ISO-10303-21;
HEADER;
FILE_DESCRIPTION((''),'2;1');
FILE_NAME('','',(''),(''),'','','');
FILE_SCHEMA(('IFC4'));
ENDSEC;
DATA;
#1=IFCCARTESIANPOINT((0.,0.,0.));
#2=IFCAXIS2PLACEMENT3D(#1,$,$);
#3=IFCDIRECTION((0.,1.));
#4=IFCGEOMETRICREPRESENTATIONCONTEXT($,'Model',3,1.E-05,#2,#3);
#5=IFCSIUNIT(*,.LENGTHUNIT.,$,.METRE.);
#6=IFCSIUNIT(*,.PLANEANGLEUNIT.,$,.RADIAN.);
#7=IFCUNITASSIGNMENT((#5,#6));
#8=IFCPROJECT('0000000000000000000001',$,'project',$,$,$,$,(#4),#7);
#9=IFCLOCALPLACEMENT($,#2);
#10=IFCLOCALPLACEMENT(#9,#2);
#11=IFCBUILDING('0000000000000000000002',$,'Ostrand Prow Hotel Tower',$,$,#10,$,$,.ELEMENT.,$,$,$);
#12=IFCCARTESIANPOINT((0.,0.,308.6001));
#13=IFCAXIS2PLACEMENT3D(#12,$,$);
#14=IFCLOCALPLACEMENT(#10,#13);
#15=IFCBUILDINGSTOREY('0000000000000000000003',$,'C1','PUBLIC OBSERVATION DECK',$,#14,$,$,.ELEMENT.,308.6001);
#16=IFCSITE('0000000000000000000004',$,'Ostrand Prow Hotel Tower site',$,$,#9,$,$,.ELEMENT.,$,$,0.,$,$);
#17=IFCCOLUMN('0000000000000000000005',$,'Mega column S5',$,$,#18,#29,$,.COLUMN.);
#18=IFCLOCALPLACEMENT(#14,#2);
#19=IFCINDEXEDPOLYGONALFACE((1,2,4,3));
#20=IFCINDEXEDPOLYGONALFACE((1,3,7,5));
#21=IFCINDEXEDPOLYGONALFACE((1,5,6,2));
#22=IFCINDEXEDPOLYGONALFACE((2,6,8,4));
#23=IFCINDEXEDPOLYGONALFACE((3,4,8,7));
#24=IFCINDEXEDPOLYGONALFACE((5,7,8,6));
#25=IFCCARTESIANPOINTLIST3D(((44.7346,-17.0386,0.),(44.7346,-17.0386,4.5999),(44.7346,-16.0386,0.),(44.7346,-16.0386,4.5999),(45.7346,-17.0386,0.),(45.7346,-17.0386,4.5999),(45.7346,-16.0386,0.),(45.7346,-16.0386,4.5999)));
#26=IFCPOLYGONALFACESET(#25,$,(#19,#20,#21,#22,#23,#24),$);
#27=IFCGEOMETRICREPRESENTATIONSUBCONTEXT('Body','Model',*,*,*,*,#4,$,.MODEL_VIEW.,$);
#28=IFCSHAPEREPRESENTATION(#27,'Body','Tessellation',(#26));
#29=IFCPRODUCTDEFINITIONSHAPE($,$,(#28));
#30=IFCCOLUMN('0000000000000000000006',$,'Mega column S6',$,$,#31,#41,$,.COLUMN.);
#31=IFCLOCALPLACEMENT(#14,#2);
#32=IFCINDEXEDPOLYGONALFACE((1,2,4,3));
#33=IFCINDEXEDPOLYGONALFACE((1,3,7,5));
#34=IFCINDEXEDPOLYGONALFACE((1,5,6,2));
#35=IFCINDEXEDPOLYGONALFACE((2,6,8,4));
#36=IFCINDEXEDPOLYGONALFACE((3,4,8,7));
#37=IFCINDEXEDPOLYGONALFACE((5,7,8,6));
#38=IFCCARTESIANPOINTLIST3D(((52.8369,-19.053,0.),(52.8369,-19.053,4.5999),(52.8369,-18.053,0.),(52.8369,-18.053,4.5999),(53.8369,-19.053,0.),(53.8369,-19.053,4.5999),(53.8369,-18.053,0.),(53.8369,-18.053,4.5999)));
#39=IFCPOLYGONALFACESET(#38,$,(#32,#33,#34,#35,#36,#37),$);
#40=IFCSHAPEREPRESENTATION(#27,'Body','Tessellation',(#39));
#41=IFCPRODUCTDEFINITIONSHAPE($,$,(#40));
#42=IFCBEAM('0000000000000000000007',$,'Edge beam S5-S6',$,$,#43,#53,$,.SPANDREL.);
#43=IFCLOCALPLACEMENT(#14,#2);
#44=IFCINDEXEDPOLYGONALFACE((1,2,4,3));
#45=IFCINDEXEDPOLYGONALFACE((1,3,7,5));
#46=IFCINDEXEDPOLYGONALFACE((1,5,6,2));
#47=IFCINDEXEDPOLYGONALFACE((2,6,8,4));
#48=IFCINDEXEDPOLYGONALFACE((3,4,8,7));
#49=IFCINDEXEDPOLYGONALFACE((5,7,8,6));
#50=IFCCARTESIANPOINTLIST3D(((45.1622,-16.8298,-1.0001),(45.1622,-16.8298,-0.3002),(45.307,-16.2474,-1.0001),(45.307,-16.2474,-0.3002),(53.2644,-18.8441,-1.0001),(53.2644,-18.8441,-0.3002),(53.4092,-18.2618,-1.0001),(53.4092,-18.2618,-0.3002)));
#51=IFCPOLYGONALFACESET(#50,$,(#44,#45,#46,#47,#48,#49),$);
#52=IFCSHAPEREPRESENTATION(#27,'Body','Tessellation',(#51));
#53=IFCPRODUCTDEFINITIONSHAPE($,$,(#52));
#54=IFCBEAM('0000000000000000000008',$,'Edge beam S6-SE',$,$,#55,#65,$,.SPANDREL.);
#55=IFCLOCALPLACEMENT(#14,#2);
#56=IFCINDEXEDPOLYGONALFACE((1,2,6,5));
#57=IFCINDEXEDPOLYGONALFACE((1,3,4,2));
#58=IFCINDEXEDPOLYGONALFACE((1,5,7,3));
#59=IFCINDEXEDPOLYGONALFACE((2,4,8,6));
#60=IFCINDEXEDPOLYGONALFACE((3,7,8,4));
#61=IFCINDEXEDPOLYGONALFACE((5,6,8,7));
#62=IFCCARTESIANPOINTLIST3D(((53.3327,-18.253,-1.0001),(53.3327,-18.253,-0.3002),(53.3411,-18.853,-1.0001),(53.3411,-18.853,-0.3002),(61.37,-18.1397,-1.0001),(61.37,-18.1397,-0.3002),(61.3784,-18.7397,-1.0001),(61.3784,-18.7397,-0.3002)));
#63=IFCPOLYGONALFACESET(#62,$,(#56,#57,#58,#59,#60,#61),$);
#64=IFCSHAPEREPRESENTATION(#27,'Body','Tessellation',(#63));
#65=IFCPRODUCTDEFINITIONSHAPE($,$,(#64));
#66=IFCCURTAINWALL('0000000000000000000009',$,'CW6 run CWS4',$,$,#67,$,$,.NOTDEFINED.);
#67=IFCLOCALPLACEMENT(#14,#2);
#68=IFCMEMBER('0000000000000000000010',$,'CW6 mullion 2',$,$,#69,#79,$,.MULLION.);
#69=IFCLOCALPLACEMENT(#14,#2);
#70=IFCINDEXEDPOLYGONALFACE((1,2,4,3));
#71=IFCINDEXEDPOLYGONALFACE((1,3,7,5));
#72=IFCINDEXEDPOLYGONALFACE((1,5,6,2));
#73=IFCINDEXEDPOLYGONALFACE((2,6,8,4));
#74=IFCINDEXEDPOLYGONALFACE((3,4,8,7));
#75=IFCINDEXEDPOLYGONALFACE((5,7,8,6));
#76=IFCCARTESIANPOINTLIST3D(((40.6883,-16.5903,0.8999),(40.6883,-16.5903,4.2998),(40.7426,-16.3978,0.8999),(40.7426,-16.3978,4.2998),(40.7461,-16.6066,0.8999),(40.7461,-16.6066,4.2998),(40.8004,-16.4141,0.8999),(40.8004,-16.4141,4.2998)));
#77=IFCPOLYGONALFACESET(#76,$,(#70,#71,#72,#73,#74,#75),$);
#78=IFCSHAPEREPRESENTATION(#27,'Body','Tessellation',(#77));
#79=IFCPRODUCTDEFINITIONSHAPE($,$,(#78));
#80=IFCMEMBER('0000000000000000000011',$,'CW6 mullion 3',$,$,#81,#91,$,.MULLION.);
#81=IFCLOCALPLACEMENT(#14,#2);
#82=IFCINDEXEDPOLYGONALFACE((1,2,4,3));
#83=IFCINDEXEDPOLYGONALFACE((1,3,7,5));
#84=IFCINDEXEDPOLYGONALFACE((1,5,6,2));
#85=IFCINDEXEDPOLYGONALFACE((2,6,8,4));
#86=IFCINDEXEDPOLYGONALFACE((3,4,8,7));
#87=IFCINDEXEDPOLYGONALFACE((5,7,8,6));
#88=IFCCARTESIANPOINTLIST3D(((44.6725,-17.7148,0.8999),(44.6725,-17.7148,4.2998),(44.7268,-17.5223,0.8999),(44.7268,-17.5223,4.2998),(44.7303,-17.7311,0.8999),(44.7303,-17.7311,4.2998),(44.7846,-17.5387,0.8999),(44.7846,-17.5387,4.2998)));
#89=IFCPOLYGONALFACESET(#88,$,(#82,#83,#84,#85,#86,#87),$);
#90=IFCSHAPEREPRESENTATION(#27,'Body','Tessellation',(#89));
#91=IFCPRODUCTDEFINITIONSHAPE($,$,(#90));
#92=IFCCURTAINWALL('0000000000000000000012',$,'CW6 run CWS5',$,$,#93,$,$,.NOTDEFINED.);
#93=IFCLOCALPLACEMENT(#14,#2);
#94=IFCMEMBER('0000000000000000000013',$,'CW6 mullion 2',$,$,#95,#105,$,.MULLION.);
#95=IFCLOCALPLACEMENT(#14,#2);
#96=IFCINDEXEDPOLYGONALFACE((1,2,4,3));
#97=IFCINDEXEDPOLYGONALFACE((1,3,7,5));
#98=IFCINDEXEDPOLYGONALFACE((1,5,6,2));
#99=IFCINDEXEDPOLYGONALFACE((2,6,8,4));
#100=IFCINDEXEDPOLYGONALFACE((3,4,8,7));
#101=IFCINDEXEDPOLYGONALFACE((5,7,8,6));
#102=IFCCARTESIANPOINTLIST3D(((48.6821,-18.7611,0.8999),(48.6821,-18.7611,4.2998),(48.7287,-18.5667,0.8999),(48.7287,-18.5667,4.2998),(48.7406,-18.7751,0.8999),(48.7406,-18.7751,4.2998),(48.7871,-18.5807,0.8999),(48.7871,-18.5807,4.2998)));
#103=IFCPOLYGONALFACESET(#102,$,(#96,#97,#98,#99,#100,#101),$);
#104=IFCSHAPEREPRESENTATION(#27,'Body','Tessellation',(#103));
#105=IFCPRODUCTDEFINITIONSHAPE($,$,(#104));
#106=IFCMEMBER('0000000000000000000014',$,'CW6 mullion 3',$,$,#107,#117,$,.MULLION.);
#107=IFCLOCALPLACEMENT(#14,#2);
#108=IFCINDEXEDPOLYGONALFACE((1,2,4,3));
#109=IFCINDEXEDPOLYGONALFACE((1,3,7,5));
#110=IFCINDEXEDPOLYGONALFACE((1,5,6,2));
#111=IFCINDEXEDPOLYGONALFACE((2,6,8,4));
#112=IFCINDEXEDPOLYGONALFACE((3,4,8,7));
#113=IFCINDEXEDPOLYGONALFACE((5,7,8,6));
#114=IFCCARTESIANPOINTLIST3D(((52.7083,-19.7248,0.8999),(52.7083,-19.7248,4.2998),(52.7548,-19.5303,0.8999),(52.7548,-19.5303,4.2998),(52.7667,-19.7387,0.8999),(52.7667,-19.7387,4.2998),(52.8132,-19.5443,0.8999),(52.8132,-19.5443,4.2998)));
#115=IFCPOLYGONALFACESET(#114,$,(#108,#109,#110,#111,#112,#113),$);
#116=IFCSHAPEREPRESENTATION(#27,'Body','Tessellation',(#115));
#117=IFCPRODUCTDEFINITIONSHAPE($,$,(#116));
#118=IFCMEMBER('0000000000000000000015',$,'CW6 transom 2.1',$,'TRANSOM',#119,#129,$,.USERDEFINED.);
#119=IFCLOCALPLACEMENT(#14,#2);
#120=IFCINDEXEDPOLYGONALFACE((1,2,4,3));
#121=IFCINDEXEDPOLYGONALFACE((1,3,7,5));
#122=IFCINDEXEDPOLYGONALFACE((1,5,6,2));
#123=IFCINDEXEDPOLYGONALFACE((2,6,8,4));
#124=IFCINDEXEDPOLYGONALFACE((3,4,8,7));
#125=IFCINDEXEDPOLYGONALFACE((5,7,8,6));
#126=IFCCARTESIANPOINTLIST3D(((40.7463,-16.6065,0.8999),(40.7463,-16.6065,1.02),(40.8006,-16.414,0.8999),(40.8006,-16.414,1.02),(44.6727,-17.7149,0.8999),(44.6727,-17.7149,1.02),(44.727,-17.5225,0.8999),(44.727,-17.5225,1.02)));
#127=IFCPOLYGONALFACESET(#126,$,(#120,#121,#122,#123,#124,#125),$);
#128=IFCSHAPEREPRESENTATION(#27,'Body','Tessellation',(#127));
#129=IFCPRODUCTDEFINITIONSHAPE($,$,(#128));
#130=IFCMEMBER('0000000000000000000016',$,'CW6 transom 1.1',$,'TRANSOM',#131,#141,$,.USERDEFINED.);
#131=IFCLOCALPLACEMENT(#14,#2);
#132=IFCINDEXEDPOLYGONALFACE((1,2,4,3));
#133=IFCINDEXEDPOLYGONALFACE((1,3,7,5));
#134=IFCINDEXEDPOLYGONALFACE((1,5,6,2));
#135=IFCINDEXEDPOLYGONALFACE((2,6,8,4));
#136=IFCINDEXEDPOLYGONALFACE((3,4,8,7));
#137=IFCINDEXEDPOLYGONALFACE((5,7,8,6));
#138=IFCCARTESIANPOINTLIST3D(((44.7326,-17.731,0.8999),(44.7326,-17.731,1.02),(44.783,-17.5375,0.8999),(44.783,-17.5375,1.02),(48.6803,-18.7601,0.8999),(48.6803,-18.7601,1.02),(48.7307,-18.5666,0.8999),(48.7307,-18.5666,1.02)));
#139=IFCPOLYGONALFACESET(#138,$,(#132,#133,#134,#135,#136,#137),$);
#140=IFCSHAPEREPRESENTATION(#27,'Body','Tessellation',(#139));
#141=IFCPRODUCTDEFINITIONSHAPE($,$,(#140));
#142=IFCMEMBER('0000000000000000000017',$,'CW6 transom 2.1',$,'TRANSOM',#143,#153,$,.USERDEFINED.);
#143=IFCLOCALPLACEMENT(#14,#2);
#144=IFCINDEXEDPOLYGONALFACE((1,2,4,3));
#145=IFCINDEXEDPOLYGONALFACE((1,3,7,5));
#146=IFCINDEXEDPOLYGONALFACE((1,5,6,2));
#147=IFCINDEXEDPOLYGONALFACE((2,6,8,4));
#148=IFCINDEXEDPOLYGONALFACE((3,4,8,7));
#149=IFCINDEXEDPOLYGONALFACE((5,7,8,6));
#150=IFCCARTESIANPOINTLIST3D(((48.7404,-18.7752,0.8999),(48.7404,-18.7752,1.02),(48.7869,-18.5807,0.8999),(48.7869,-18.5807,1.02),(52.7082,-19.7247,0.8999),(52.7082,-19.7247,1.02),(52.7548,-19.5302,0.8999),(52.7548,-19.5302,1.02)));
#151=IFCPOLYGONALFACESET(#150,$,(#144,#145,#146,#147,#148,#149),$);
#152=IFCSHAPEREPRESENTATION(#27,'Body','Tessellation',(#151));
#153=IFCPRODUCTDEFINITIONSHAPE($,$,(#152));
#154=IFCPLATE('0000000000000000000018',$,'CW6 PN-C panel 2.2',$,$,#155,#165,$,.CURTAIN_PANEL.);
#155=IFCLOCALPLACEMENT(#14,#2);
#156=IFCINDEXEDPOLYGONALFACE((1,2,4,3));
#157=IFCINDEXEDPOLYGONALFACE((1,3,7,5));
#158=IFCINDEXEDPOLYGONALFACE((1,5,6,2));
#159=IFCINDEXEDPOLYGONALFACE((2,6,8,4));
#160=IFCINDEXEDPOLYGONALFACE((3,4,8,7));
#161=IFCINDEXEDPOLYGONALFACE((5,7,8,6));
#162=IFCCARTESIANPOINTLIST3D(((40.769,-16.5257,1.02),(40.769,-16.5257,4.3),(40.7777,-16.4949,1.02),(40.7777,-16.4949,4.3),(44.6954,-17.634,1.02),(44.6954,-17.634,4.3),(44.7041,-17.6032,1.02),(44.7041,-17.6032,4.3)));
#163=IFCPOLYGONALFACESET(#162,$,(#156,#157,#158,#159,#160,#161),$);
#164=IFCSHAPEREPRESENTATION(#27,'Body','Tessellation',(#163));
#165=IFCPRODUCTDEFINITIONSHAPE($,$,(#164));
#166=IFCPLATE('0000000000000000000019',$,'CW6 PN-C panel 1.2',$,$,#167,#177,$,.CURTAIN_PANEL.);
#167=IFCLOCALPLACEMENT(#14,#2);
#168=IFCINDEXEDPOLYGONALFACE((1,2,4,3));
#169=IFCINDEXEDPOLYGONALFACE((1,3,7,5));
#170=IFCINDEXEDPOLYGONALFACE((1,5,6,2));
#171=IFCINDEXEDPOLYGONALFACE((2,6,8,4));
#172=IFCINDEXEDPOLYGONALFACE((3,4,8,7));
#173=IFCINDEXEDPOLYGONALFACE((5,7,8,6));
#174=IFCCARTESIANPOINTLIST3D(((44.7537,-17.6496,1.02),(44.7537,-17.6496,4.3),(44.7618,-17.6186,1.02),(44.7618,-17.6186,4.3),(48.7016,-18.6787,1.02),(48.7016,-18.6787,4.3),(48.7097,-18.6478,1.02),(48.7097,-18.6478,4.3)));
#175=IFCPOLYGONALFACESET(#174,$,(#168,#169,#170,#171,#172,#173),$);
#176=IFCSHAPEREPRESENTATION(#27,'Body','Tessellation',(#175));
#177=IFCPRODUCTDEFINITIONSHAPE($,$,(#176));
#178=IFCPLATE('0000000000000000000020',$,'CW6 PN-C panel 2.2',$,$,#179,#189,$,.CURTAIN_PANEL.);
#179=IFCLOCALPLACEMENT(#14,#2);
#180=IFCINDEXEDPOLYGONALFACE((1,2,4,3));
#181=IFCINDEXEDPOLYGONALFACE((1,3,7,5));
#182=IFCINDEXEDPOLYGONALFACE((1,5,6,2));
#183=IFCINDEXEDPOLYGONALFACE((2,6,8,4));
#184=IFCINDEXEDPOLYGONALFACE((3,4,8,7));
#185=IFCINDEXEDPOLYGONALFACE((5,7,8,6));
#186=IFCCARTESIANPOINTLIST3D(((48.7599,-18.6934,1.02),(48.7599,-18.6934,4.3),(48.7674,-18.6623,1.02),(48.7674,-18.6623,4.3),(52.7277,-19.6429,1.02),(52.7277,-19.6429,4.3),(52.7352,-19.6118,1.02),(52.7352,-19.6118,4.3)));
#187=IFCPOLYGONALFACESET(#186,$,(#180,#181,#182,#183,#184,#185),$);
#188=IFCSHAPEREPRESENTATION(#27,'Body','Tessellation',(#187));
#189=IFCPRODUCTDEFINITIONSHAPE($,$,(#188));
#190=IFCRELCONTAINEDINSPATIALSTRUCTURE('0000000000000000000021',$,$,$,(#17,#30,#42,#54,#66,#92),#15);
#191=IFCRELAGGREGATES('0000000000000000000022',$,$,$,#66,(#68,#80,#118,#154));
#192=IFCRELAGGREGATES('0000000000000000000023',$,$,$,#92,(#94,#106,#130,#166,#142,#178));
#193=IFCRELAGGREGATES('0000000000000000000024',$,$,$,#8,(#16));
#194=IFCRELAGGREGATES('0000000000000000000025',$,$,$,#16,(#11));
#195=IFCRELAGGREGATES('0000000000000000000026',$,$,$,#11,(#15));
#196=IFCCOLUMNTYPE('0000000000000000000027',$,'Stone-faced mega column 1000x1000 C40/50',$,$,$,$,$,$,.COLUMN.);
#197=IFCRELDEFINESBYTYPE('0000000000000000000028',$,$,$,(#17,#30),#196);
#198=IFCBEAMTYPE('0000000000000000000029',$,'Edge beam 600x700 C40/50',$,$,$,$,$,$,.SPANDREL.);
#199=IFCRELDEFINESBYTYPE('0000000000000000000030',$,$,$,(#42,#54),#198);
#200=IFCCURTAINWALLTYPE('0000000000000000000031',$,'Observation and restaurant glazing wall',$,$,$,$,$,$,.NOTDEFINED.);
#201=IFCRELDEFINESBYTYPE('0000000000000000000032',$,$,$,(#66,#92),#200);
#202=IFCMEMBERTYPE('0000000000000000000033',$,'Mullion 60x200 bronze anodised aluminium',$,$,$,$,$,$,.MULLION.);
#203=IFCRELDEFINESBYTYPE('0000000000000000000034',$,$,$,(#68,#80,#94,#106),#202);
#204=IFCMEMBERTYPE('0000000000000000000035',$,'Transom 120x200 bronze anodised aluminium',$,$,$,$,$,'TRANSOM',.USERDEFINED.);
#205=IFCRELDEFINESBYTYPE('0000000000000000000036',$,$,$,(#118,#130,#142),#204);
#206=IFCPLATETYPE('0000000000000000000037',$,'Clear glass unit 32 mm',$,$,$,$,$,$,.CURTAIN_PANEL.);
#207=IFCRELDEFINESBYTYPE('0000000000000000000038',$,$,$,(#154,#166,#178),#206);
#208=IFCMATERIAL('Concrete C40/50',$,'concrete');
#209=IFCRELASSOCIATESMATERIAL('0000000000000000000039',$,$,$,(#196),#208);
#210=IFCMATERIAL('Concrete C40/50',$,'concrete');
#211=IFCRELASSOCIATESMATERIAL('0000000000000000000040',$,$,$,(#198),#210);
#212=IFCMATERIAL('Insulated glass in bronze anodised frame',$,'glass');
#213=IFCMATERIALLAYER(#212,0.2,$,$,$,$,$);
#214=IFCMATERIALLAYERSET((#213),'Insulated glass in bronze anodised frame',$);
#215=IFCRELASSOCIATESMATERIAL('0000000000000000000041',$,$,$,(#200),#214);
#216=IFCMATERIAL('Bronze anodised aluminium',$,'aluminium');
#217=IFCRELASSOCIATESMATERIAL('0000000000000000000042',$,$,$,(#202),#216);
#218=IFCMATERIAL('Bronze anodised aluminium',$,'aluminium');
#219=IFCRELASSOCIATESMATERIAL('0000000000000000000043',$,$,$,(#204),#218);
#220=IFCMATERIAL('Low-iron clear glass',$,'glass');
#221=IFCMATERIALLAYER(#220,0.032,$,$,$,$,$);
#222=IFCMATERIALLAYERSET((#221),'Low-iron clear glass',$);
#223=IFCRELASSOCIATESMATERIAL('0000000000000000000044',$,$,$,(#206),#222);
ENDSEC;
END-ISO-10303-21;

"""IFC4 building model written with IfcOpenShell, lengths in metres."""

from ifc_helpers import new_model, si_unit, direction, frame, origin, origin_2d, place, context, subcontext, project, spatial, rectangle, extrude, material, layer, layer_set, material_profile, profile_set, type_object, element, aggregate, save


model = new_model("IFC4")

# Units and contexts
model_context = context("Model", 3, precision=1e-05, world=origin(), true_north=direction((0.0, 1.0)))
body_context = subcontext(model_context, "Body", "Model", "MODEL_VIEW")
ifc_project = project(units=[si_unit("LENGTHUNIT", "METRE"), si_unit("PLANEANGLEUNIT", "RADIAN")], contexts=[model_context])

# Site, building, storey
site_placement = place(None, origin())
site = spatial("IfcSite", under=ifc_project, at=site_placement, Name="Ostrand Prow Hotel Tower site", CompositionType="ELEMENT", RefElevation=0.0)
building_placement = place(site_placement, origin())
building = spatial("IfcBuilding", under=site, at=building_placement, Name="Ostrand Prow Hotel Tower", CompositionType="ELEMENT")
storey_placement = place(building_placement, frame((0.0, 0.0, 308.6001)))
storey = spatial("IfcBuildingStorey", under=building, at=storey_placement, Name="C1", Description="PUBLIC OBSERVATION DECK", CompositionType="ELEMENT", Elevation=308.6001)

# Columns
ifc_material_1 = material(Name="Concrete C40/50", Category="concrete")
ifc_material_profile_1 = material_profile(ifc_material_1, rectangle(XDim=1.0, YDim=1.0, at=origin_2d()), Name="RC 1000x1000")
ifc_profile_set_1 = profile_set([ifc_material_profile_1], Name="Concrete C40/50")
column_type = type_object("IfcColumnType", Name="Stone-faced mega column 1000x1000 C40/50", PredefinedType="COLUMN", material=ifc_profile_set_1)
for number, where, z_axis, x_axis, name in (
    (1, (45.2346, -16.5386, 0.0), (0.0, 0.0, 1.0), (1.0, 0.0, 0.0), "Mega column S5"),
    (2, (53.3369, -18.553, 0.0), (0.0, 0.0, 1.0), (1.0, 0.0, 0.0), "Mega column S6"),
):
    element("IfcColumn", number, at=place(storey_placement, frame(where, z_axis=z_axis, x_axis=x_axis)), inside=storey, type_object=column_type, Name=name, PredefinedType="COLUMN", context=body_context, shape_type="SweptSolid", body=[
        extrude(rectangle(XDim=1.0, YDim=1.0, at=origin_2d()), origin(), (0.0, 0.0, 1.0), 4.5999),
    ])

# Beams
ifc_material_2 = material(Name="Concrete C40/50", Category="concrete")
ifc_material_profile_2 = material_profile(ifc_material_2, rectangle(XDim=0.6001, YDim=0.7, at=origin_2d()), Name="RC 600x700")
ifc_profile_set_2 = profile_set([ifc_material_profile_2], Name="Concrete C40/50")
beam_type = type_object("IfcBeamType", Name="Edge beam 600x700 C40/50", PredefinedType="SPANDREL", material=ifc_profile_set_2)
beam_1_placement = place(storey_placement, frame((45.2346, -16.5386, -0.6501), z_axis=(0.970456, -0.241276, 0.0), x_axis=(0.241276, 0.970456, 0.0)))
element("IfcBeam", 3, at=beam_1_placement, inside=storey, type_object=beam_type, Name="Edge beam S5-S6", PredefinedType="SPANDREL", context=body_context, shape_type="SweptSolid", body=[
    extrude(rectangle(XDim=0.6001, YDim=0.7, at=origin_2d()), origin(), (0.0, 0.0, 1.0), 8.3489),
])
beam_2_placement = place(storey_placement, frame((53.3369, -18.553, -0.6501), z_axis=(0.999901, 0.014093, 0.0), x_axis=(-0.014093, 0.999901, 0.0)))
element("IfcBeam", 4, at=beam_2_placement, inside=storey, type_object=beam_type, Name="Edge beam S6-SE", PredefinedType="SPANDREL", context=body_context, shape_type="SweptSolid", body=[
    extrude(rectangle(XDim=0.6001, YDim=0.7, at=origin_2d()), origin(), (0.0, 0.0, 1.0), 8.0381),
])

# Curtain walls, members
ifc_material_3 = material(Name="Insulated glass in bronze anodised frame", Category="glass")
ifc_layer_1 = layer(ifc_material_3, 0.2)
ifc_layer_set_1 = layer_set([ifc_layer_1], Name="Insulated glass in bronze anodised frame")
curtain_wall_type = type_object("IfcCurtainWallType", Name="Observation and restaurant glazing wall", PredefinedType="NOTDEFINED", material=ifc_layer_set_1)
curtain_wall_1_placement = place(storey_placement, origin())
curtain_wall_1 = element("IfcCurtainWall", 5, at=curtain_wall_1_placement, inside=storey, type_object=curtain_wall_type, Name="CW6 run CWS4", PredefinedType="NOTDEFINED")
ifc_material_4 = material(Name="Bronze anodised aluminium", Category="aluminium")
ifc_material_profile_3 = material_profile(ifc_material_4, rectangle(XDim=0.2, YDim=0.0601, at=origin_2d()), Name="Mullion 60x200 bronze anodised aluminium")
ifc_profile_set_3 = profile_set([ifc_material_profile_3], Name="Bronze anodised aluminium")
member_type_1 = type_object("IfcMemberType", Name="Mullion 60x200 bronze anodised aluminium", PredefinedType="MULLION", material=ifc_profile_set_3)
member_1_placement = place(storey_placement, frame((40.7444, -16.5022, 0.8999), z_axis=(0.0, 0.0, 1.0), x_axis=(0.271649, 0.962396, 0.0)))
member_1 = element("IfcMember", 6, at=member_1_placement, type_object=member_type_1, Name="CW6 mullion 2", PredefinedType="MULLION", context=body_context, shape_type="SweptSolid", body=[
    extrude(rectangle(XDim=0.2, YDim=0.0601, at=origin_2d()), origin(), (0.0, 0.0, 1.0), 3.3999),
])
member_2_placement = place(storey_placement, frame((44.7285, -17.6267, 0.8999), z_axis=(0.0, 0.0, 1.0), x_axis=(0.271649, 0.962396, 0.0)))
member_2 = element("IfcMember", 7, at=member_2_placement, type_object=member_type_1, Name="CW6 mullion 3", PredefinedType="MULLION", context=body_context, shape_type="SweptSolid", body=[
    extrude(rectangle(XDim=0.2, YDim=0.0601, at=origin_2d()), origin(), (0.0, 0.0, 1.0), 3.3999),
])
curtain_wall_2_placement = place(storey_placement, origin())
curtain_wall_2 = element("IfcCurtainWall", 8, at=curtain_wall_2_placement, inside=storey, type_object=curtain_wall_type, Name="CW6 run CWS5", PredefinedType="NOTDEFINED")
member_3_placement = place(storey_placement, frame((48.7346, -18.6709, 0.8999), z_axis=(0.0, 0.0, 1.0), x_axis=(0.232746, 0.972538, 0.0)))
member_3 = element("IfcMember", 9, at=member_3_placement, type_object=member_type_1, Name="CW6 mullion 2", PredefinedType="MULLION", context=body_context, shape_type="SweptSolid", body=[
    extrude(rectangle(XDim=0.2, YDim=0.0601, at=origin_2d()), origin(), (0.0, 0.0, 1.0), 3.3999),
])
member_4_placement = place(storey_placement, frame((52.7607, -19.6345, 0.8999), z_axis=(0.0, 0.0, 1.0), x_axis=(0.232746, 0.972538, 0.0)))
member_4 = element("IfcMember", 10, at=member_4_placement, type_object=member_type_1, Name="CW6 mullion 3", PredefinedType="MULLION", context=body_context, shape_type="SweptSolid", body=[
    extrude(rectangle(XDim=0.2, YDim=0.0601, at=origin_2d()), origin(), (0.0, 0.0, 1.0), 3.3999),
])

# Members
ifc_material_5 = material(Name="Bronze anodised aluminium", Category="aluminium")
ifc_material_profile_4 = material_profile(ifc_material_5, rectangle(XDim=0.2, YDim=0.1201, at=origin_2d()), Name="Transom 120x200 bronze anodised aluminium")
ifc_profile_set_4 = profile_set([ifc_material_profile_4], Name="Bronze anodised aluminium")
member_type_2 = type_object("IfcMemberType", Name="Transom 120x200 bronze anodised aluminium", ElementType="TRANSOM", PredefinedType="USERDEFINED", material=ifc_profile_set_4)
member_5_placement = place(storey_placement, frame((40.7734, -16.5103, 0.96), z_axis=(0.962386, -0.271685, 0.0), x_axis=(0.271685, 0.962386, 0.0)))
member_5 = element("IfcMember", 11, at=member_5_placement, type_object=member_type_2, Name="CW6 transom 2.1", ObjectType="TRANSOM", PredefinedType="USERDEFINED", context=body_context, shape_type="SweptSolid", body=[
    extrude(rectangle(XDim=0.2, YDim=0.1201, at=origin_2d()), origin(), (0.0, 0.0, 1.0), 4.0798),
])
member_6_placement = place(storey_placement, frame((44.7578, -17.6343, 0.96), z_axis=(0.967665, -0.252239, 0.0), x_axis=(0.252239, 0.967665, 0.0)))
member_6 = element("IfcMember", 12, at=member_6_placement, type_object=member_type_2, Name="CW6 transom 1.1", ObjectType="TRANSOM", PredefinedType="USERDEFINED", context=body_context, shape_type="SweptSolid", body=[
    extrude(rectangle(XDim=0.2, YDim=0.1201, at=origin_2d()), origin(), (0.0, 0.0, 1.0), 4.0796),
])
member_7_placement = place(storey_placement, frame((48.7637, -18.678, 0.96), z_axis=(0.972543, -0.232723, 0.0), x_axis=(0.232723, 0.972543, 0.0)))
member_7 = element("IfcMember", 13, at=member_7_placement, type_object=member_type_2, Name="CW6 transom 2.1", ObjectType="TRANSOM", PredefinedType="USERDEFINED", context=body_context, shape_type="SweptSolid", body=[
    extrude(rectangle(XDim=0.2, YDim=0.1201, at=origin_2d()), origin(), (0.0, 0.0, 1.0), 4.0798),
])

# Plates
ifc_material_6 = material(Name="Low-iron clear glass", Category="glass")
ifc_layer_2 = layer(ifc_material_6, 0.032)
ifc_layer_set_2 = layer_set([ifc_layer_2], Name="Low-iron clear glass")
plate_type = type_object("IfcPlateType", Name="Clear glass unit 32 mm", PredefinedType="CURTAIN_PANEL", material=ifc_layer_set_2)
plate_1_placement = place(storey_placement, frame((42.7366, -17.0645, 1.02), z_axis=(0.0, 0.0, 1.0), x_axis=(0.962396, -0.271649, 0.0)))
plate_1 = element("IfcPlate", 14, at=plate_1_placement, type_object=plate_type, Name="CW6 PN-C panel 2.2", PredefinedType="CURTAIN_PANEL", context=body_context, shape_type="SweptSolid", body=[
    extrude(rectangle(XDim=4.0798, YDim=0.032, at=origin_2d()), origin(), (0.0, 0.0, 1.0), 3.28),
])
aggregate(curtain_wall_1, [member_1, member_2, member_5, plate_1])
plate_2_placement = place(storey_placement, frame((46.7317, -18.1487, 1.02), z_axis=(0.0, 0.0, 1.0), x_axis=(0.967663, -0.252248, 0.0)))
plate_2 = element("IfcPlate", 15, at=plate_2_placement, type_object=plate_type, Name="CW6 PN-C panel 1.2", PredefinedType="CURTAIN_PANEL", context=body_context, shape_type="SweptSolid", body=[
    extrude(rectangle(XDim=4.0798, YDim=0.032, at=origin_2d()), origin(), (0.0, 0.0, 1.0), 3.28),
])
plate_3_placement = place(storey_placement, frame((50.7476, -19.1526, 1.02), z_axis=(0.0, 0.0, 1.0), x_axis=(0.972538, -0.232746, 0.0)))
plate_3 = element("IfcPlate", 16, at=plate_3_placement, type_object=plate_type, Name="CW6 PN-C panel 2.2", PredefinedType="CURTAIN_PANEL", context=body_context, shape_type="SweptSolid", body=[
    extrude(rectangle(XDim=4.0798, YDim=0.032, at=origin_2d()), origin(), (0.0, 0.0, 1.0), 3.28),
])
aggregate(curtain_wall_2, [member_3, member_4, member_6, plate_2, member_7, plate_3])

save(model, "model.ifc")
